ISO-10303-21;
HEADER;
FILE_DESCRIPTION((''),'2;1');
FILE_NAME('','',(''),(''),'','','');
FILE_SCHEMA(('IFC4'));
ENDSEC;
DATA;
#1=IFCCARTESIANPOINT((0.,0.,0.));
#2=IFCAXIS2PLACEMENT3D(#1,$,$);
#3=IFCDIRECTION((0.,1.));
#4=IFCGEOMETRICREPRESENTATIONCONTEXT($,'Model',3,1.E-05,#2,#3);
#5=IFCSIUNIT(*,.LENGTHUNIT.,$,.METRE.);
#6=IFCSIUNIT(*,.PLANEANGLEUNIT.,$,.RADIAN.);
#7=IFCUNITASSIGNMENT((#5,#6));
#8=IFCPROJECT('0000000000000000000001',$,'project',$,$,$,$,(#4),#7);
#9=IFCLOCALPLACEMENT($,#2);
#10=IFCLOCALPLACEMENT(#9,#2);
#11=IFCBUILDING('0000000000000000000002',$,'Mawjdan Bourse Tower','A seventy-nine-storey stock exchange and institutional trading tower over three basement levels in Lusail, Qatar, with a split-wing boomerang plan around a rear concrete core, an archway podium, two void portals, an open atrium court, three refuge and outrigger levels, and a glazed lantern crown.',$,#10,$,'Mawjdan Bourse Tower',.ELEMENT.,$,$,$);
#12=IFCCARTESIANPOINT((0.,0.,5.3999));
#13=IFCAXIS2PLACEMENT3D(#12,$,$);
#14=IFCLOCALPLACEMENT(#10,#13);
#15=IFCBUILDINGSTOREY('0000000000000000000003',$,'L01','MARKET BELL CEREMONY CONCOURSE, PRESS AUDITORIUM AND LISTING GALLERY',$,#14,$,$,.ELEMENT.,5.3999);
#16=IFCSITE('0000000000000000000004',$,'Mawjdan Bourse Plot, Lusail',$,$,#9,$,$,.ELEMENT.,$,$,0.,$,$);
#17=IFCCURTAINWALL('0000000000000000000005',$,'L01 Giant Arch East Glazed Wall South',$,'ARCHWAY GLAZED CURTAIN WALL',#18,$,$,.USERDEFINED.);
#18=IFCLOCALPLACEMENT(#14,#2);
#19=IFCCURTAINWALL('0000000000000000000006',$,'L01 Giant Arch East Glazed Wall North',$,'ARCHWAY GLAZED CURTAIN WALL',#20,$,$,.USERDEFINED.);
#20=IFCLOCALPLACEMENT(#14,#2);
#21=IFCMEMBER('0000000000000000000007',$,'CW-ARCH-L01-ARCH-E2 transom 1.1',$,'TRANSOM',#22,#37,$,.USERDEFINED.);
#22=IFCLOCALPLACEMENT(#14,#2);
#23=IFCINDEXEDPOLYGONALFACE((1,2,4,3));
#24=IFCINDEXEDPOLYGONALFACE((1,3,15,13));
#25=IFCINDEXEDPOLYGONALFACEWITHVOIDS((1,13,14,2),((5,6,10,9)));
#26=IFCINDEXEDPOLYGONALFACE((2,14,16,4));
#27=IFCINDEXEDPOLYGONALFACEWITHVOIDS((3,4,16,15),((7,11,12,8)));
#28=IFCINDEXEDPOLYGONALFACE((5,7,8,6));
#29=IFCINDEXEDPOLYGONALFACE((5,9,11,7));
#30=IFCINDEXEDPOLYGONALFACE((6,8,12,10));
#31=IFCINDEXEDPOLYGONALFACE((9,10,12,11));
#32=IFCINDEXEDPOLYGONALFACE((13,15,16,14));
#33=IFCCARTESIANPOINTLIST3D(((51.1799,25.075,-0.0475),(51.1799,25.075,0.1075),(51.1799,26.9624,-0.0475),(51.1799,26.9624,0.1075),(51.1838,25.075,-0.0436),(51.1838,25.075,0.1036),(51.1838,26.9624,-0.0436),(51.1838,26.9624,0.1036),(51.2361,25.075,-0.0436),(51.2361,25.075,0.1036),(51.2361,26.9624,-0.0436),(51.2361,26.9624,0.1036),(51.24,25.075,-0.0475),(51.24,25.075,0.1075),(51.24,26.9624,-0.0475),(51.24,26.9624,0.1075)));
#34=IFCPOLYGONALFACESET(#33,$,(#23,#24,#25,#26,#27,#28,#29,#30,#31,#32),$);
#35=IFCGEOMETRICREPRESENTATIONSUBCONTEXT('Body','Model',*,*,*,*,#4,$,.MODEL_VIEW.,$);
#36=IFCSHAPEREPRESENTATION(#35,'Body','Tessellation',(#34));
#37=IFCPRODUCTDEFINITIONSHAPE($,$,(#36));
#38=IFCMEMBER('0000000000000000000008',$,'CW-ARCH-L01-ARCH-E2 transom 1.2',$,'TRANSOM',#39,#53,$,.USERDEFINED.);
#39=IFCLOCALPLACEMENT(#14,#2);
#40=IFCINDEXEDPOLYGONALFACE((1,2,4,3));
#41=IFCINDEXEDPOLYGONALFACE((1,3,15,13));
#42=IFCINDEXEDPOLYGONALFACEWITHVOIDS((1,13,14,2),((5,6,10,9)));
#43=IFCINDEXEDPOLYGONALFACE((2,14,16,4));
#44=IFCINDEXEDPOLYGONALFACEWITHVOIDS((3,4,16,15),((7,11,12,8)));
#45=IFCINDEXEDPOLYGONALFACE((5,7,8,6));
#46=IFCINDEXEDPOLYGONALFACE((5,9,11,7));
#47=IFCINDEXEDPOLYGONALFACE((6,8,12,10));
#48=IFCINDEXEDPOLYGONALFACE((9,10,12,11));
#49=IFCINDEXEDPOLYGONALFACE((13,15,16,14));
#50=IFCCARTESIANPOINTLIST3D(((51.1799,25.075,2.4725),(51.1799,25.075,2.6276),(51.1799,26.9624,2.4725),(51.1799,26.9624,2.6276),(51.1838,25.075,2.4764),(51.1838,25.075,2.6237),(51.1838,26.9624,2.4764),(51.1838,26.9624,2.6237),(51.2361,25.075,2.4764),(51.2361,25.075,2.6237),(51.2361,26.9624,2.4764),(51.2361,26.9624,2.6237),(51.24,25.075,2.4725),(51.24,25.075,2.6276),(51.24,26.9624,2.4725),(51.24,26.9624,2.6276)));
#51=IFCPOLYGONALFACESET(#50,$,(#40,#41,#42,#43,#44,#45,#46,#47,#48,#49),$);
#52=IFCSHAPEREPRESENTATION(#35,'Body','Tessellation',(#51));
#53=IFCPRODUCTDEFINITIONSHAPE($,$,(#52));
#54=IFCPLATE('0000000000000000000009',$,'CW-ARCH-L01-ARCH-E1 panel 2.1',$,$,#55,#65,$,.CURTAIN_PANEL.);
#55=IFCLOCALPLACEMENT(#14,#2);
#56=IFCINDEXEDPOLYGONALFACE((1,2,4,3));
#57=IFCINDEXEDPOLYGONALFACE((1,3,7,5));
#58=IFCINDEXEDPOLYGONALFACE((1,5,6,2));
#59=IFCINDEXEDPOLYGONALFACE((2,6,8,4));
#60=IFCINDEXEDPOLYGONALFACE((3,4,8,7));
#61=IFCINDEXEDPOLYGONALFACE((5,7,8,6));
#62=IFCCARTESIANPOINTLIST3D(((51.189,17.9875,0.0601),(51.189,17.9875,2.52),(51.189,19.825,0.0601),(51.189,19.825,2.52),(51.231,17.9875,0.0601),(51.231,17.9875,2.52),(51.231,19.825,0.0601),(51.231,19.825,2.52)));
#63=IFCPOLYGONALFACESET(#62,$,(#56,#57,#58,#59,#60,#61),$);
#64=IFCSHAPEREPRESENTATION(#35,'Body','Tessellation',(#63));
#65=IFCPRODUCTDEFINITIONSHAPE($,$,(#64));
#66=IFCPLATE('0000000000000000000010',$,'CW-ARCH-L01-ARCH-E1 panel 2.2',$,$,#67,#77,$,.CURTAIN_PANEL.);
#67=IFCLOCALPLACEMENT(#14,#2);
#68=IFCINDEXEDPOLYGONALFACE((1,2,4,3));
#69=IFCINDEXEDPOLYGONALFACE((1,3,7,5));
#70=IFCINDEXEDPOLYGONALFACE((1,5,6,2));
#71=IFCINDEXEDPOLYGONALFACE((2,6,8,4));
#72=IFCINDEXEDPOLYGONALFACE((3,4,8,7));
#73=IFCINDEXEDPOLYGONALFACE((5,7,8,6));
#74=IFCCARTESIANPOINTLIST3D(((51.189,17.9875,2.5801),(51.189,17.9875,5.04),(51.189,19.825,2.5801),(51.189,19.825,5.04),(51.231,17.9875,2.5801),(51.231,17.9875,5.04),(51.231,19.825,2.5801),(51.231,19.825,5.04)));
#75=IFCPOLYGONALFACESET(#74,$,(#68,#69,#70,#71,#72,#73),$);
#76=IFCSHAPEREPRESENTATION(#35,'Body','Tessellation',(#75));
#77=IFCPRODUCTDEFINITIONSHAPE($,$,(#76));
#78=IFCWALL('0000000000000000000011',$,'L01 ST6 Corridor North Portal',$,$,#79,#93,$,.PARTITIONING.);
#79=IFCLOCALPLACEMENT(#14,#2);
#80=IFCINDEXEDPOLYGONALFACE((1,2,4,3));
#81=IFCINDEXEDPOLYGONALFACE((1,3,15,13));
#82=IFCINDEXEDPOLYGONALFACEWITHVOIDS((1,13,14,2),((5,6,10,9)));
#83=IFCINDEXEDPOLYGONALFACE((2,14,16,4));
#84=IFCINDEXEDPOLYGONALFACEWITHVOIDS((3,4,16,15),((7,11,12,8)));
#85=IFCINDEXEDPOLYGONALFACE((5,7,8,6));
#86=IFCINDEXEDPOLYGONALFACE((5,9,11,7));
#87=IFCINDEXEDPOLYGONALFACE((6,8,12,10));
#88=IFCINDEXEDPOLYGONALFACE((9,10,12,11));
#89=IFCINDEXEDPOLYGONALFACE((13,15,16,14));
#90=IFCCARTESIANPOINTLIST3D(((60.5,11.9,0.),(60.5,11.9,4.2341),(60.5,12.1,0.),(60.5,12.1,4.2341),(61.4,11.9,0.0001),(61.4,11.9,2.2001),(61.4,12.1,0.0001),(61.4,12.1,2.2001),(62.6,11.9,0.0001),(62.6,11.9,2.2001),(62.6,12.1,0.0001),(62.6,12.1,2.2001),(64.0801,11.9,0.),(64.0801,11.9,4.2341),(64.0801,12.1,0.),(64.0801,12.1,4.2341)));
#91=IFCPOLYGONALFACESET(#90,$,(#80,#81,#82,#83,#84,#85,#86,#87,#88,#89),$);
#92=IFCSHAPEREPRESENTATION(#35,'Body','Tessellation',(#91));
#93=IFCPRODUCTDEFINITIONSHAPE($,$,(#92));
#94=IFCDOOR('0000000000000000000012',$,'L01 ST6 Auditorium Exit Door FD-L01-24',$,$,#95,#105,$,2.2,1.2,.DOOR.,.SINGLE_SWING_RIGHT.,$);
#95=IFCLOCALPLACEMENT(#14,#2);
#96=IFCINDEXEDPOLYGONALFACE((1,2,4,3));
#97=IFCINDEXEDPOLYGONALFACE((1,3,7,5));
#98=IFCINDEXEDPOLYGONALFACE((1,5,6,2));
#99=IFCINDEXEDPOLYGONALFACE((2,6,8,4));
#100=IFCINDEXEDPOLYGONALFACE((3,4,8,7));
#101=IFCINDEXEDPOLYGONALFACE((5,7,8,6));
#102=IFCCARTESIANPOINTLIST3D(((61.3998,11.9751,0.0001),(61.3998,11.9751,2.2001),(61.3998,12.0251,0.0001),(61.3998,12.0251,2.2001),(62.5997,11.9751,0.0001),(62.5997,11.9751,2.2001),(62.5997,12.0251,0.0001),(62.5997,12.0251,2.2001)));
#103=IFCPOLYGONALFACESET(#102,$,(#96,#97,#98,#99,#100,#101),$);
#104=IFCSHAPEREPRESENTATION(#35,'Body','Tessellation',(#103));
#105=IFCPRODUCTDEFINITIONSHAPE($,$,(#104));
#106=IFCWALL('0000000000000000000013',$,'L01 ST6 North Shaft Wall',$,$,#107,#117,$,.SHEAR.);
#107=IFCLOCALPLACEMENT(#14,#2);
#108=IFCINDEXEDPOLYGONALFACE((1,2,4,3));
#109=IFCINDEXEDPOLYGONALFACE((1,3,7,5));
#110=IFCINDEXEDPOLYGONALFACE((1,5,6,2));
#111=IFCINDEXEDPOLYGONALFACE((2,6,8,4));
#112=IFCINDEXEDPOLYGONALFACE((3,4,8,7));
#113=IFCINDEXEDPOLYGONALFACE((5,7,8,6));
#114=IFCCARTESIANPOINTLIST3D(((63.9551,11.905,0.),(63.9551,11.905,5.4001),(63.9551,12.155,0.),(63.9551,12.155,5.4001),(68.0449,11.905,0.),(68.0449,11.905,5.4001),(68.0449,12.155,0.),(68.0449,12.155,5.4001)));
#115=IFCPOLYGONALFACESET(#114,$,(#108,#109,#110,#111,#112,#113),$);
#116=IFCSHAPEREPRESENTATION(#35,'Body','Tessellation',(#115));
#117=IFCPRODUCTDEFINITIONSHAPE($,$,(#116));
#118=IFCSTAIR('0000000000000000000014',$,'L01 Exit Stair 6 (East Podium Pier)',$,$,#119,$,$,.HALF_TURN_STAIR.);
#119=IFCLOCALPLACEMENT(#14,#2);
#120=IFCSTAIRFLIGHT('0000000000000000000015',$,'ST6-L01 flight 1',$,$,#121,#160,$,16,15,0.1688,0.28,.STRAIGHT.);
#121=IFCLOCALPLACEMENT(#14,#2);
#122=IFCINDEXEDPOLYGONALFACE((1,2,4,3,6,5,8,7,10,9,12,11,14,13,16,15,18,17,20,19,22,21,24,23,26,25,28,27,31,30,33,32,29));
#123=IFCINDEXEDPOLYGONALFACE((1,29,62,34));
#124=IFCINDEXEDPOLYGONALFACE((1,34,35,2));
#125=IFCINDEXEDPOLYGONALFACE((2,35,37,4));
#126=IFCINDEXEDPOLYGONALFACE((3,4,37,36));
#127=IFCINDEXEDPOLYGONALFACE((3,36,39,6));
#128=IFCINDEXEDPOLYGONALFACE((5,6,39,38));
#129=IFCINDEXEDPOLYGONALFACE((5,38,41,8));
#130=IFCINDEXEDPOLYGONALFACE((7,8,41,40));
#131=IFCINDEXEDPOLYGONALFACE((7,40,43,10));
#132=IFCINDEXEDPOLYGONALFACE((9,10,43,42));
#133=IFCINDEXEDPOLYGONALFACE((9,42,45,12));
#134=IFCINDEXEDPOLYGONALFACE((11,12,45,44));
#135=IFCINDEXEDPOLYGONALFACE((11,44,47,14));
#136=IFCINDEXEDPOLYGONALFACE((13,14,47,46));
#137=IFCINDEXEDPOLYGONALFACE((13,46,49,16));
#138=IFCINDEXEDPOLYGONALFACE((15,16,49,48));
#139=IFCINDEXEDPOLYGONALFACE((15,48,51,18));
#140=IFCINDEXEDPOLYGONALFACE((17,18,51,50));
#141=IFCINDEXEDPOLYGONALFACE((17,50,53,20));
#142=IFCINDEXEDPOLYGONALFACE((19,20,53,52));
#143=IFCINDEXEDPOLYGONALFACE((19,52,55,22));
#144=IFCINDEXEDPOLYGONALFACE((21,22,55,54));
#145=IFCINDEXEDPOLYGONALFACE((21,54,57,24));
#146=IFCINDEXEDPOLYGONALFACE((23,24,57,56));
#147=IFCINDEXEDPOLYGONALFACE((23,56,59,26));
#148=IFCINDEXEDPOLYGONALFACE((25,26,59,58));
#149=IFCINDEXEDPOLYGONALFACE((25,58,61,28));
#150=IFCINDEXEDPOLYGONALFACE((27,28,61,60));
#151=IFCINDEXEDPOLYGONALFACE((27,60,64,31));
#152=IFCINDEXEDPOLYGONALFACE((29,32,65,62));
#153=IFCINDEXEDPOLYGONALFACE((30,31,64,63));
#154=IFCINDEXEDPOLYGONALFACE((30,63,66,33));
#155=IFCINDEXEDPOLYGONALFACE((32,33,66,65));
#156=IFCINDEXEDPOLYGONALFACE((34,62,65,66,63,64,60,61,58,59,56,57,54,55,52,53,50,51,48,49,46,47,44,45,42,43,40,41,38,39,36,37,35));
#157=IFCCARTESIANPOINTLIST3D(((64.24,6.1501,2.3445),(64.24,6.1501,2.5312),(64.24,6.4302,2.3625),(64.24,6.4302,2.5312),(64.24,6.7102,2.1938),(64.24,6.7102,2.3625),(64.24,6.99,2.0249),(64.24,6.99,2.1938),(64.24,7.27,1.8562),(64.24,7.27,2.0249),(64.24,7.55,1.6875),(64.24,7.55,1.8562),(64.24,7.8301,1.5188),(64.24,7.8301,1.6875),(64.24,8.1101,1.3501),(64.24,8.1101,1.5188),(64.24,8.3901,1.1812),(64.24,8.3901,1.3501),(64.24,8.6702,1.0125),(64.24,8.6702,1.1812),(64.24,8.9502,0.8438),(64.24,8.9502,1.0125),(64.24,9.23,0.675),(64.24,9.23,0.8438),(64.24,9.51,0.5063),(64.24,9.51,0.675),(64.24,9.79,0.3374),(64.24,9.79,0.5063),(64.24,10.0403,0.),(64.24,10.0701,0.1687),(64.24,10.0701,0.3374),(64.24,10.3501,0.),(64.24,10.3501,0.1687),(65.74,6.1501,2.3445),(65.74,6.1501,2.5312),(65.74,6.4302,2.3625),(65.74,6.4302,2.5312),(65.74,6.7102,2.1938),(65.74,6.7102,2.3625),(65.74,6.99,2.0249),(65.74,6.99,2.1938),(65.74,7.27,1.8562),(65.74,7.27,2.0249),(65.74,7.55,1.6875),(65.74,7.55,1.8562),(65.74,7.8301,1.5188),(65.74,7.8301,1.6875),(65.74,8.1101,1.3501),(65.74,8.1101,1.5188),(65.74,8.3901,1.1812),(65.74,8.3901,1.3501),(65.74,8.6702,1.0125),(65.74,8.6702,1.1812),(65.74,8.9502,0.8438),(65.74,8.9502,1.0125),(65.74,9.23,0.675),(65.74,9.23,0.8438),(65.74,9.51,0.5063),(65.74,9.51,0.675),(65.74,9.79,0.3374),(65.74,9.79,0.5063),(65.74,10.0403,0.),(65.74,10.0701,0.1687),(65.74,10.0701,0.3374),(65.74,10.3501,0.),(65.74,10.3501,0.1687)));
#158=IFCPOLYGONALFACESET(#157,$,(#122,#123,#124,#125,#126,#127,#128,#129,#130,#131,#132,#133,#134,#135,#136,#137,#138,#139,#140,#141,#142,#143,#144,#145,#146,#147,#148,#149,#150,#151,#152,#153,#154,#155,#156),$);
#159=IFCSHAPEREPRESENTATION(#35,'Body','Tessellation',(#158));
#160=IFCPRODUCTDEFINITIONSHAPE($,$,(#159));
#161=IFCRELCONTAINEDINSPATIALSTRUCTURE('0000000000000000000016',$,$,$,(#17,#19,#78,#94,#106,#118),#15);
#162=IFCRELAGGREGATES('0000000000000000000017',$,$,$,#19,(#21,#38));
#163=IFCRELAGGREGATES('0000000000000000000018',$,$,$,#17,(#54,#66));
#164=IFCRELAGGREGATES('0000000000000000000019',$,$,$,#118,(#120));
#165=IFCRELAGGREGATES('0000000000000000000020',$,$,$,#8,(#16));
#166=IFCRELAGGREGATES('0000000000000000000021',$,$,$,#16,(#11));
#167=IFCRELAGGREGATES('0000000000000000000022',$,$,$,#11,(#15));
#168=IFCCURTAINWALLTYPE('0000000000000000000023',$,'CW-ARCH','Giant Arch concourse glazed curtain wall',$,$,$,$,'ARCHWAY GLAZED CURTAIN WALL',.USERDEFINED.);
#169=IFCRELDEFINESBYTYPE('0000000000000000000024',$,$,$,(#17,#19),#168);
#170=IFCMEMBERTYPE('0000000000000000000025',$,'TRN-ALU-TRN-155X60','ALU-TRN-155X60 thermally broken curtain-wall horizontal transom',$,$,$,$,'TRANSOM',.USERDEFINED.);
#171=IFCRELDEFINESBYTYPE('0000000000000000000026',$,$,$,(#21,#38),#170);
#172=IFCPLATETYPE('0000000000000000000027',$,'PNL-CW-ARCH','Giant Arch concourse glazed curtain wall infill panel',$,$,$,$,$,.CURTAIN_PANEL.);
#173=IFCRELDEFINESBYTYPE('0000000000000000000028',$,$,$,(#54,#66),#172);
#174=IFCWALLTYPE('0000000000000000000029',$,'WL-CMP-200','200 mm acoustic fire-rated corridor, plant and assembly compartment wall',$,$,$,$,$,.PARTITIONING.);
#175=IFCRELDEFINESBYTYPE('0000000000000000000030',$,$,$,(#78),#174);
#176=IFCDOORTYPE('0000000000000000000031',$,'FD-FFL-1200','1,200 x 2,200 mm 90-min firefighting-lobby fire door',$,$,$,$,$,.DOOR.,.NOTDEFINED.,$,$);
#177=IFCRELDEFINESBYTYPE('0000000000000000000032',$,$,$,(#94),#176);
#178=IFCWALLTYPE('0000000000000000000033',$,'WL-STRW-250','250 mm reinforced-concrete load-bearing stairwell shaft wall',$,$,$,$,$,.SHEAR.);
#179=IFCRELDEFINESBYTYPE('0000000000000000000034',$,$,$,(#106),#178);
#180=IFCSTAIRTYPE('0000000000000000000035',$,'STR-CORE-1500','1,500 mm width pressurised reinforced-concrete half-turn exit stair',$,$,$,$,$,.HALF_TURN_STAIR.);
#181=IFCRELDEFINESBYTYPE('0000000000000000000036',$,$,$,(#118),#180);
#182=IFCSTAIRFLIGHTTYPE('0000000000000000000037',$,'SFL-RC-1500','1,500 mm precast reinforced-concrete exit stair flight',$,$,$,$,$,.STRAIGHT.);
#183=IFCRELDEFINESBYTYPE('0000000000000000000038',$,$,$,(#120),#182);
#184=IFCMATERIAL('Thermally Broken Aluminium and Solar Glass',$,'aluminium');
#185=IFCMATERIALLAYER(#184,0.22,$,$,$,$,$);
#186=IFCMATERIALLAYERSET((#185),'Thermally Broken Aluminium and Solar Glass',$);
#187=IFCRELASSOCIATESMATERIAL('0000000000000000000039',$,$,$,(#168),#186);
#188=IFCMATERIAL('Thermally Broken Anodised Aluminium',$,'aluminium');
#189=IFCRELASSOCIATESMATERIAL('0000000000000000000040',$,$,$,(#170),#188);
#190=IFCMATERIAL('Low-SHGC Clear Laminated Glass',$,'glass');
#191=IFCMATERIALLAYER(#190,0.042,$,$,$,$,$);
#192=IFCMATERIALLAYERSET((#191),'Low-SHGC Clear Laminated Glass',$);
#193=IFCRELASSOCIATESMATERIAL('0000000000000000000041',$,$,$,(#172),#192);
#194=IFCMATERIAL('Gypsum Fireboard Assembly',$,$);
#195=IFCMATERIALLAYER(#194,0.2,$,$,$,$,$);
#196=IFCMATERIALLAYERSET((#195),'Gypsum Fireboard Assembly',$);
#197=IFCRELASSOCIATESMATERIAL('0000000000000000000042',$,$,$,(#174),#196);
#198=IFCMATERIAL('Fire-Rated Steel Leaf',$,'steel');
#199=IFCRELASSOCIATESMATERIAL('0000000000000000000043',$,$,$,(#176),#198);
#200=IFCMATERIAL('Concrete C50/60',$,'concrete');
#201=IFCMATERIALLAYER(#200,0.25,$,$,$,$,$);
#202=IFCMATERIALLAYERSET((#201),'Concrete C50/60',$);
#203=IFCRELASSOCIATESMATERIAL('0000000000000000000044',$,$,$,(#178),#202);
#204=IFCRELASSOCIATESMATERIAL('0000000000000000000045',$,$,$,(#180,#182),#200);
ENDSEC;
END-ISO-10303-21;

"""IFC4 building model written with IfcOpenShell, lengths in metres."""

from ifc_helpers import new_model, si_unit, direction, frame, frame_2d, origin, origin_2d, place, context, subcontext, project, spatial, polyline, rectangle, hollow_rectangle, outline, extrude, material, layer, layer_set, material_profile, profile_set, type_object, element, fill, aggregate, save


model = new_model("IFC4")

# Units and contexts
model_context = context("Model", 3, precision=1e-05, world=origin(), true_north=direction((0.0, 1.0)))
body_context = subcontext(model_context, "Body", "Model", "MODEL_VIEW")
ifc_project = project(units=[si_unit("LENGTHUNIT", "METRE"), si_unit("PLANEANGLEUNIT", "RADIAN")], contexts=[model_context])

# Site, building, storey
site_placement = place(None, origin())
site = spatial("IfcSite", under=ifc_project, at=site_placement, Name="Mawjdan Bourse Plot, Lusail", CompositionType="ELEMENT", RefElevation=0.0)
building_placement = place(site_placement, origin())
building = spatial("IfcBuilding", under=site, at=building_placement, Name="Mawjdan Bourse Tower", Description="A seventy-nine-storey stock exchange and institutional trading tower over three basement levels in Lusail, Qatar, with a split-wing boomerang plan around a rear concrete core, an archway podium, two void portals, an open atrium court, three refuge and outrigger levels, and a glazed lantern crown.", LongName="Mawjdan Bourse Tower", CompositionType="ELEMENT")
storey_placement = place(building_placement, frame((0.0, 0.0, 5.3999)))
storey = spatial("IfcBuildingStorey", under=building, at=storey_placement, Name="L01", Description="MARKET BELL CEREMONY CONCOURSE, PRESS AUDITORIUM AND LISTING GALLERY", CompositionType="ELEMENT", Elevation=5.3999)

# Curtain walls
ifc_material_1 = material(Name="Thermally Broken Aluminium and Solar Glass", Category="aluminium")
ifc_layer_1 = layer(ifc_material_1, 0.22)
ifc_layer_set_1 = layer_set([ifc_layer_1], Name="Thermally Broken Aluminium and Solar Glass")
curtain_wall_type = type_object("IfcCurtainWallType", Name="CW-ARCH", Description="Giant Arch concourse glazed curtain wall", ElementType="ARCHWAY GLAZED CURTAIN WALL", PredefinedType="USERDEFINED", material=ifc_layer_set_1)
curtain_wall_1_placement = place(storey_placement, origin())
curtain_wall_1 = element("IfcCurtainWall", 1, at=curtain_wall_1_placement, inside=storey, type_object=curtain_wall_type, Name="L01 Giant Arch East Glazed Wall South", ObjectType="ARCHWAY GLAZED CURTAIN WALL", PredefinedType="USERDEFINED")
ifc_material_2 = material(Name="Thermally Broken Anodised Aluminium", Category="aluminium")
curtain_wall_2_placement = place(storey_placement, origin())
curtain_wall_2 = element("IfcCurtainWall", 2, at=curtain_wall_2_placement, inside=storey, type_object=curtain_wall_type, Name="L01 Giant Arch East Glazed Wall North", ObjectType="ARCHWAY GLAZED CURTAIN WALL", PredefinedType="USERDEFINED")

# Members
ifc_material_profile_1 = material_profile(ifc_material_2, hollow_rectangle(XDim=0.0601, YDim=0.155, WallThickness=0.0039, at=origin_2d()), Name="ALU-TRN-155X60")
ifc_profile_set_1 = profile_set([ifc_material_profile_1], Name="Thermally Broken Anodised Aluminium")
member_type_1 = type_object("IfcMemberType", Name="TRN-ALU-TRN-155X60", Description="ALU-TRN-155X60 thermally broken curtain-wall horizontal transom", ElementType="TRANSOM", PredefinedType="USERDEFINED", material=ifc_profile_set_1)
member_1_placement = place(storey_placement, frame((51.21, 25.075, 0.03), z_axis=(0.0, 1.0, 0.0), x_axis=(-1.0, 0.0, 0.0)))
member_1 = element("IfcMember", 3, at=member_1_placement, type_object=member_type_1, Name="CW-ARCH-L01-ARCH-E2 transom 1.1", ObjectType="TRANSOM", PredefinedType="USERDEFINED", context=body_context, shape_type="SweptSolid", body=[
    extrude(hollow_rectangle(XDim=0.0601, YDim=0.155, WallThickness=0.0039, at=origin_2d()), origin(), (0.0, 0.0, 1.0), 1.8875),
])
member_2_placement = place(storey_placement, frame((51.21, 25.075, 2.55), z_axis=(0.0, 1.0, 0.0), x_axis=(-1.0, 0.0, 0.0)))
member_2 = element("IfcMember", 4, at=member_2_placement, type_object=member_type_1, Name="CW-ARCH-L01-ARCH-E2 transom 1.2", ObjectType="TRANSOM", PredefinedType="USERDEFINED", context=body_context, shape_type="SweptSolid", body=[
    extrude(hollow_rectangle(XDim=0.0601, YDim=0.155, WallThickness=0.0039, at=origin_2d()), origin(), (0.0, 0.0, 1.0), 1.8875),
])
aggregate(curtain_wall_2, [member_1, member_2])

# Plates
ifc_material_3 = material(Name="Low-SHGC Clear Laminated Glass", Category="glass")
ifc_layer_2 = layer(ifc_material_3, 0.042)
ifc_layer_set_2 = layer_set([ifc_layer_2], Name="Low-SHGC Clear Laminated Glass")
plate_type = type_object("IfcPlateType", Name="PNL-CW-ARCH", Description="Giant Arch concourse glazed curtain wall infill panel", PredefinedType="CURTAIN_PANEL", material=ifc_layer_set_2)
plate_1_placement = place(storey_placement, frame((51.21, 18.9062, 0.0601), z_axis=(0.0, 0.0, 1.0), x_axis=(0.0, 1.0, 0.0)))
plate_1 = element("IfcPlate", 5, at=plate_1_placement, type_object=plate_type, Name="CW-ARCH-L01-ARCH-E1 panel 2.1", PredefinedType="CURTAIN_PANEL", context=body_context, shape_type="SweptSolid", body=[
    extrude(rectangle(XDim=1.8374, YDim=0.042, at=origin_2d()), origin(), (0.0, 0.0, 1.0), 2.46),
])
plate_2_placement = place(storey_placement, frame((51.21, 18.9062, 2.5801), z_axis=(0.0, 0.0, 1.0), x_axis=(0.0, 1.0, 0.0)))
plate_2 = element("IfcPlate", 6, at=plate_2_placement, type_object=plate_type, Name="CW-ARCH-L01-ARCH-E1 panel 2.2", PredefinedType="CURTAIN_PANEL", context=body_context, shape_type="SweptSolid", body=[
    extrude(rectangle(XDim=1.8374, YDim=0.042, at=origin_2d()), origin(), (0.0, 0.0, 1.0), 2.46),
])
aggregate(curtain_wall_1, [plate_1, plate_2])

# Wall, opening, door
ifc_material_4 = material(Name="Gypsum Fireboard Assembly")
ifc_layer_3 = layer(ifc_material_4, 0.2)
ifc_layer_set_3 = layer_set([ifc_layer_3], Name="Gypsum Fireboard Assembly")
wall_type_1 = type_object("IfcWallType", Name="WL-CMP-200", Description="200 mm acoustic fire-rated corridor, plant and assembly compartment wall", PredefinedType="PARTITIONING", material=ifc_layer_set_3)
wall_1_placement = place(storey_placement, frame((60.5, 12.0, 0.0), z_axis=(0.0, 0.0, 1.0), x_axis=(1.0, 0.0, 0.0)))
wall_1 = element("IfcWall", 7, at=wall_1_placement, inside=storey, type_object=wall_type_1, Name="L01 ST6 Corridor North Portal", PredefinedType="PARTITIONING", context=body_context, shape_type="SweptSolid", body=[
    extrude(rectangle(XDim=3.5801, YDim=0.2, at=frame_2d((1.79, 0.0))), origin(), (0.0, 0.0, 1.0), 4.2341),
])
opening_placement = place(wall_1_placement, frame((0.8999, 0.0, 0.0)))
opening = element("IfcOpeningElement", 8, at=opening_placement, cuts=wall_1, PredefinedType="OPENING", context=body_context, shape_type="SweptSolid", body=[
    extrude(rectangle(XDim=1.2, YDim=2.2, at=frame_2d((0.6001, 1.1001))), frame((0.0, 0.1099, 0.0), z_axis=(0.0, -1.0, 0.0), x_axis=(1.0, 0.0, 0.0)), (0.0, 0.0, 1.0), 0.22),
])
ifc_material_5 = material(Name="Fire-Rated Steel Leaf", Category="steel")
door_type = type_object("IfcDoorType", Name="FD-FFL-1200", Description="1,200 x 2,200 mm 90-min firefighting-lobby fire door", OperationType="NOTDEFINED", PredefinedType="DOOR", material=ifc_material_5)
door_placement = place(opening_placement, frame((1.2, 0.0, 0.0), z_axis=(0.0, 0.0, 1.0), x_axis=(-1.0, 0.0, 0.0)))
door = element("IfcDoor", 9, at=door_placement, inside=storey, type_object=door_type, Name="L01 ST6 Auditorium Exit Door FD-L01-24", OperationType="SINGLE_SWING_RIGHT", OverallHeight=2.2, OverallWidth=1.2, PredefinedType="DOOR", context=body_context, shape_type="SweptSolid", body=[
    extrude(rectangle(XDim=1.2, YDim=2.2, at=frame_2d((0.6001, 1.1001))), frame((0.0, 0.0249, 0.0), z_axis=(0.0, -1.0, 0.0), x_axis=(1.0, 0.0, 0.0)), (0.0, 0.0, 1.0), 0.05),
])
fill(opening, door)

# Wall
ifc_material_6 = material(Name="Concrete C50/60", Category="concrete")
ifc_layer_4 = layer(ifc_material_6, 0.25)
ifc_layer_set_4 = layer_set([ifc_layer_4], Name="Concrete C50/60")
wall_type_2 = type_object("IfcWallType", Name="WL-STRW-250", Description="250 mm reinforced-concrete load-bearing stairwell shaft wall", PredefinedType="SHEAR", material=ifc_layer_set_4)
wall_2_placement = place(storey_placement, frame((63.9551, 12.03, 0.0), z_axis=(0.0, 0.0, 1.0), x_axis=(1.0, 0.0, 0.0)))
element("IfcWall", 10, at=wall_2_placement, inside=storey, type_object=wall_type_2, Name="L01 ST6 North Shaft Wall", PredefinedType="SHEAR", context=body_context, shape_type="SweptSolid", body=[
    extrude(rectangle(XDim=4.0898, YDim=0.25, at=frame_2d((2.0449, 0.0))), origin(), (0.0, 0.0, 1.0), 5.4001),
])

# Stair, stair flight
stair_type = type_object("IfcStairType", Name="STR-CORE-1500", Description="1,500 mm width pressurised reinforced-concrete half-turn exit stair", PredefinedType="HALF_TURN_STAIR", material=ifc_material_6)
stair_placement = place(storey_placement, origin())
stair = element("IfcStair", 11, at=stair_placement, inside=storey, type_object=stair_type, Name="L01 Exit Stair 6 (East Podium Pier)", PredefinedType="HALF_TURN_STAIR")
stair_flight_type = type_object("IfcStairFlightType", Name="SFL-RC-1500", Description="1,500 mm precast reinforced-concrete exit stair flight", PredefinedType="STRAIGHT", material=ifc_material_6)
stair_flight_placement = place(storey_placement, frame((64.99, 10.3501, 0.0), z_axis=(0.0, 0.0, 1.0), x_axis=(0.0, -1.0, 0.0)))
stair_flight = element("IfcStairFlight", 12, at=stair_flight_placement, type_object=stair_flight_type, Name="ST6-L01 flight 1", NumberOfRisers=16, NumberOfTreads=15, PredefinedType="STRAIGHT", RiserHeight=0.1688, TreadLength=0.28, context=body_context, shape_type="SweptSolid", body=[
    extrude(outline(polyline([(0.0, 0.0), (0.0, 0.1687), (0.28, 0.1687), (0.28, 0.3374), (0.5601, 0.3374), (0.5601, 0.5063), (0.8401, 0.5063), (0.8401, 0.675), (1.1201, 0.675), (1.1201, 0.8438), (1.3999, 0.8438), (1.3999, 1.0125), (1.6799, 1.0125), (1.6799, 1.1812), (1.96, 1.1812), (1.96, 1.3501), (2.24, 1.3501), (2.24, 1.5188), (2.52, 1.5188), (2.52, 1.6875), (2.8, 1.6875), (2.8, 1.8562), (3.0801, 1.8562), (3.0801, 2.0249), (3.3601, 2.0249), (3.3601, 2.1938), (3.6399, 2.1938), (3.6399, 2.3625), (3.9199, 2.3625), (3.9199, 2.5312), (4.2, 2.5312), (4.2, 2.7), (4.2, 2.3445), (0.3098, 0.0), (0.0, 0.0)])), frame((0.0, 0.75, 0.0), z_axis=(0.0, -1.0, 0.0), x_axis=(1.0, 0.0, 0.0)), (0.0, 0.0, 1.0), 1.5),
])
aggregate(stair, [stair_flight])

save(model, "model.ifc")
